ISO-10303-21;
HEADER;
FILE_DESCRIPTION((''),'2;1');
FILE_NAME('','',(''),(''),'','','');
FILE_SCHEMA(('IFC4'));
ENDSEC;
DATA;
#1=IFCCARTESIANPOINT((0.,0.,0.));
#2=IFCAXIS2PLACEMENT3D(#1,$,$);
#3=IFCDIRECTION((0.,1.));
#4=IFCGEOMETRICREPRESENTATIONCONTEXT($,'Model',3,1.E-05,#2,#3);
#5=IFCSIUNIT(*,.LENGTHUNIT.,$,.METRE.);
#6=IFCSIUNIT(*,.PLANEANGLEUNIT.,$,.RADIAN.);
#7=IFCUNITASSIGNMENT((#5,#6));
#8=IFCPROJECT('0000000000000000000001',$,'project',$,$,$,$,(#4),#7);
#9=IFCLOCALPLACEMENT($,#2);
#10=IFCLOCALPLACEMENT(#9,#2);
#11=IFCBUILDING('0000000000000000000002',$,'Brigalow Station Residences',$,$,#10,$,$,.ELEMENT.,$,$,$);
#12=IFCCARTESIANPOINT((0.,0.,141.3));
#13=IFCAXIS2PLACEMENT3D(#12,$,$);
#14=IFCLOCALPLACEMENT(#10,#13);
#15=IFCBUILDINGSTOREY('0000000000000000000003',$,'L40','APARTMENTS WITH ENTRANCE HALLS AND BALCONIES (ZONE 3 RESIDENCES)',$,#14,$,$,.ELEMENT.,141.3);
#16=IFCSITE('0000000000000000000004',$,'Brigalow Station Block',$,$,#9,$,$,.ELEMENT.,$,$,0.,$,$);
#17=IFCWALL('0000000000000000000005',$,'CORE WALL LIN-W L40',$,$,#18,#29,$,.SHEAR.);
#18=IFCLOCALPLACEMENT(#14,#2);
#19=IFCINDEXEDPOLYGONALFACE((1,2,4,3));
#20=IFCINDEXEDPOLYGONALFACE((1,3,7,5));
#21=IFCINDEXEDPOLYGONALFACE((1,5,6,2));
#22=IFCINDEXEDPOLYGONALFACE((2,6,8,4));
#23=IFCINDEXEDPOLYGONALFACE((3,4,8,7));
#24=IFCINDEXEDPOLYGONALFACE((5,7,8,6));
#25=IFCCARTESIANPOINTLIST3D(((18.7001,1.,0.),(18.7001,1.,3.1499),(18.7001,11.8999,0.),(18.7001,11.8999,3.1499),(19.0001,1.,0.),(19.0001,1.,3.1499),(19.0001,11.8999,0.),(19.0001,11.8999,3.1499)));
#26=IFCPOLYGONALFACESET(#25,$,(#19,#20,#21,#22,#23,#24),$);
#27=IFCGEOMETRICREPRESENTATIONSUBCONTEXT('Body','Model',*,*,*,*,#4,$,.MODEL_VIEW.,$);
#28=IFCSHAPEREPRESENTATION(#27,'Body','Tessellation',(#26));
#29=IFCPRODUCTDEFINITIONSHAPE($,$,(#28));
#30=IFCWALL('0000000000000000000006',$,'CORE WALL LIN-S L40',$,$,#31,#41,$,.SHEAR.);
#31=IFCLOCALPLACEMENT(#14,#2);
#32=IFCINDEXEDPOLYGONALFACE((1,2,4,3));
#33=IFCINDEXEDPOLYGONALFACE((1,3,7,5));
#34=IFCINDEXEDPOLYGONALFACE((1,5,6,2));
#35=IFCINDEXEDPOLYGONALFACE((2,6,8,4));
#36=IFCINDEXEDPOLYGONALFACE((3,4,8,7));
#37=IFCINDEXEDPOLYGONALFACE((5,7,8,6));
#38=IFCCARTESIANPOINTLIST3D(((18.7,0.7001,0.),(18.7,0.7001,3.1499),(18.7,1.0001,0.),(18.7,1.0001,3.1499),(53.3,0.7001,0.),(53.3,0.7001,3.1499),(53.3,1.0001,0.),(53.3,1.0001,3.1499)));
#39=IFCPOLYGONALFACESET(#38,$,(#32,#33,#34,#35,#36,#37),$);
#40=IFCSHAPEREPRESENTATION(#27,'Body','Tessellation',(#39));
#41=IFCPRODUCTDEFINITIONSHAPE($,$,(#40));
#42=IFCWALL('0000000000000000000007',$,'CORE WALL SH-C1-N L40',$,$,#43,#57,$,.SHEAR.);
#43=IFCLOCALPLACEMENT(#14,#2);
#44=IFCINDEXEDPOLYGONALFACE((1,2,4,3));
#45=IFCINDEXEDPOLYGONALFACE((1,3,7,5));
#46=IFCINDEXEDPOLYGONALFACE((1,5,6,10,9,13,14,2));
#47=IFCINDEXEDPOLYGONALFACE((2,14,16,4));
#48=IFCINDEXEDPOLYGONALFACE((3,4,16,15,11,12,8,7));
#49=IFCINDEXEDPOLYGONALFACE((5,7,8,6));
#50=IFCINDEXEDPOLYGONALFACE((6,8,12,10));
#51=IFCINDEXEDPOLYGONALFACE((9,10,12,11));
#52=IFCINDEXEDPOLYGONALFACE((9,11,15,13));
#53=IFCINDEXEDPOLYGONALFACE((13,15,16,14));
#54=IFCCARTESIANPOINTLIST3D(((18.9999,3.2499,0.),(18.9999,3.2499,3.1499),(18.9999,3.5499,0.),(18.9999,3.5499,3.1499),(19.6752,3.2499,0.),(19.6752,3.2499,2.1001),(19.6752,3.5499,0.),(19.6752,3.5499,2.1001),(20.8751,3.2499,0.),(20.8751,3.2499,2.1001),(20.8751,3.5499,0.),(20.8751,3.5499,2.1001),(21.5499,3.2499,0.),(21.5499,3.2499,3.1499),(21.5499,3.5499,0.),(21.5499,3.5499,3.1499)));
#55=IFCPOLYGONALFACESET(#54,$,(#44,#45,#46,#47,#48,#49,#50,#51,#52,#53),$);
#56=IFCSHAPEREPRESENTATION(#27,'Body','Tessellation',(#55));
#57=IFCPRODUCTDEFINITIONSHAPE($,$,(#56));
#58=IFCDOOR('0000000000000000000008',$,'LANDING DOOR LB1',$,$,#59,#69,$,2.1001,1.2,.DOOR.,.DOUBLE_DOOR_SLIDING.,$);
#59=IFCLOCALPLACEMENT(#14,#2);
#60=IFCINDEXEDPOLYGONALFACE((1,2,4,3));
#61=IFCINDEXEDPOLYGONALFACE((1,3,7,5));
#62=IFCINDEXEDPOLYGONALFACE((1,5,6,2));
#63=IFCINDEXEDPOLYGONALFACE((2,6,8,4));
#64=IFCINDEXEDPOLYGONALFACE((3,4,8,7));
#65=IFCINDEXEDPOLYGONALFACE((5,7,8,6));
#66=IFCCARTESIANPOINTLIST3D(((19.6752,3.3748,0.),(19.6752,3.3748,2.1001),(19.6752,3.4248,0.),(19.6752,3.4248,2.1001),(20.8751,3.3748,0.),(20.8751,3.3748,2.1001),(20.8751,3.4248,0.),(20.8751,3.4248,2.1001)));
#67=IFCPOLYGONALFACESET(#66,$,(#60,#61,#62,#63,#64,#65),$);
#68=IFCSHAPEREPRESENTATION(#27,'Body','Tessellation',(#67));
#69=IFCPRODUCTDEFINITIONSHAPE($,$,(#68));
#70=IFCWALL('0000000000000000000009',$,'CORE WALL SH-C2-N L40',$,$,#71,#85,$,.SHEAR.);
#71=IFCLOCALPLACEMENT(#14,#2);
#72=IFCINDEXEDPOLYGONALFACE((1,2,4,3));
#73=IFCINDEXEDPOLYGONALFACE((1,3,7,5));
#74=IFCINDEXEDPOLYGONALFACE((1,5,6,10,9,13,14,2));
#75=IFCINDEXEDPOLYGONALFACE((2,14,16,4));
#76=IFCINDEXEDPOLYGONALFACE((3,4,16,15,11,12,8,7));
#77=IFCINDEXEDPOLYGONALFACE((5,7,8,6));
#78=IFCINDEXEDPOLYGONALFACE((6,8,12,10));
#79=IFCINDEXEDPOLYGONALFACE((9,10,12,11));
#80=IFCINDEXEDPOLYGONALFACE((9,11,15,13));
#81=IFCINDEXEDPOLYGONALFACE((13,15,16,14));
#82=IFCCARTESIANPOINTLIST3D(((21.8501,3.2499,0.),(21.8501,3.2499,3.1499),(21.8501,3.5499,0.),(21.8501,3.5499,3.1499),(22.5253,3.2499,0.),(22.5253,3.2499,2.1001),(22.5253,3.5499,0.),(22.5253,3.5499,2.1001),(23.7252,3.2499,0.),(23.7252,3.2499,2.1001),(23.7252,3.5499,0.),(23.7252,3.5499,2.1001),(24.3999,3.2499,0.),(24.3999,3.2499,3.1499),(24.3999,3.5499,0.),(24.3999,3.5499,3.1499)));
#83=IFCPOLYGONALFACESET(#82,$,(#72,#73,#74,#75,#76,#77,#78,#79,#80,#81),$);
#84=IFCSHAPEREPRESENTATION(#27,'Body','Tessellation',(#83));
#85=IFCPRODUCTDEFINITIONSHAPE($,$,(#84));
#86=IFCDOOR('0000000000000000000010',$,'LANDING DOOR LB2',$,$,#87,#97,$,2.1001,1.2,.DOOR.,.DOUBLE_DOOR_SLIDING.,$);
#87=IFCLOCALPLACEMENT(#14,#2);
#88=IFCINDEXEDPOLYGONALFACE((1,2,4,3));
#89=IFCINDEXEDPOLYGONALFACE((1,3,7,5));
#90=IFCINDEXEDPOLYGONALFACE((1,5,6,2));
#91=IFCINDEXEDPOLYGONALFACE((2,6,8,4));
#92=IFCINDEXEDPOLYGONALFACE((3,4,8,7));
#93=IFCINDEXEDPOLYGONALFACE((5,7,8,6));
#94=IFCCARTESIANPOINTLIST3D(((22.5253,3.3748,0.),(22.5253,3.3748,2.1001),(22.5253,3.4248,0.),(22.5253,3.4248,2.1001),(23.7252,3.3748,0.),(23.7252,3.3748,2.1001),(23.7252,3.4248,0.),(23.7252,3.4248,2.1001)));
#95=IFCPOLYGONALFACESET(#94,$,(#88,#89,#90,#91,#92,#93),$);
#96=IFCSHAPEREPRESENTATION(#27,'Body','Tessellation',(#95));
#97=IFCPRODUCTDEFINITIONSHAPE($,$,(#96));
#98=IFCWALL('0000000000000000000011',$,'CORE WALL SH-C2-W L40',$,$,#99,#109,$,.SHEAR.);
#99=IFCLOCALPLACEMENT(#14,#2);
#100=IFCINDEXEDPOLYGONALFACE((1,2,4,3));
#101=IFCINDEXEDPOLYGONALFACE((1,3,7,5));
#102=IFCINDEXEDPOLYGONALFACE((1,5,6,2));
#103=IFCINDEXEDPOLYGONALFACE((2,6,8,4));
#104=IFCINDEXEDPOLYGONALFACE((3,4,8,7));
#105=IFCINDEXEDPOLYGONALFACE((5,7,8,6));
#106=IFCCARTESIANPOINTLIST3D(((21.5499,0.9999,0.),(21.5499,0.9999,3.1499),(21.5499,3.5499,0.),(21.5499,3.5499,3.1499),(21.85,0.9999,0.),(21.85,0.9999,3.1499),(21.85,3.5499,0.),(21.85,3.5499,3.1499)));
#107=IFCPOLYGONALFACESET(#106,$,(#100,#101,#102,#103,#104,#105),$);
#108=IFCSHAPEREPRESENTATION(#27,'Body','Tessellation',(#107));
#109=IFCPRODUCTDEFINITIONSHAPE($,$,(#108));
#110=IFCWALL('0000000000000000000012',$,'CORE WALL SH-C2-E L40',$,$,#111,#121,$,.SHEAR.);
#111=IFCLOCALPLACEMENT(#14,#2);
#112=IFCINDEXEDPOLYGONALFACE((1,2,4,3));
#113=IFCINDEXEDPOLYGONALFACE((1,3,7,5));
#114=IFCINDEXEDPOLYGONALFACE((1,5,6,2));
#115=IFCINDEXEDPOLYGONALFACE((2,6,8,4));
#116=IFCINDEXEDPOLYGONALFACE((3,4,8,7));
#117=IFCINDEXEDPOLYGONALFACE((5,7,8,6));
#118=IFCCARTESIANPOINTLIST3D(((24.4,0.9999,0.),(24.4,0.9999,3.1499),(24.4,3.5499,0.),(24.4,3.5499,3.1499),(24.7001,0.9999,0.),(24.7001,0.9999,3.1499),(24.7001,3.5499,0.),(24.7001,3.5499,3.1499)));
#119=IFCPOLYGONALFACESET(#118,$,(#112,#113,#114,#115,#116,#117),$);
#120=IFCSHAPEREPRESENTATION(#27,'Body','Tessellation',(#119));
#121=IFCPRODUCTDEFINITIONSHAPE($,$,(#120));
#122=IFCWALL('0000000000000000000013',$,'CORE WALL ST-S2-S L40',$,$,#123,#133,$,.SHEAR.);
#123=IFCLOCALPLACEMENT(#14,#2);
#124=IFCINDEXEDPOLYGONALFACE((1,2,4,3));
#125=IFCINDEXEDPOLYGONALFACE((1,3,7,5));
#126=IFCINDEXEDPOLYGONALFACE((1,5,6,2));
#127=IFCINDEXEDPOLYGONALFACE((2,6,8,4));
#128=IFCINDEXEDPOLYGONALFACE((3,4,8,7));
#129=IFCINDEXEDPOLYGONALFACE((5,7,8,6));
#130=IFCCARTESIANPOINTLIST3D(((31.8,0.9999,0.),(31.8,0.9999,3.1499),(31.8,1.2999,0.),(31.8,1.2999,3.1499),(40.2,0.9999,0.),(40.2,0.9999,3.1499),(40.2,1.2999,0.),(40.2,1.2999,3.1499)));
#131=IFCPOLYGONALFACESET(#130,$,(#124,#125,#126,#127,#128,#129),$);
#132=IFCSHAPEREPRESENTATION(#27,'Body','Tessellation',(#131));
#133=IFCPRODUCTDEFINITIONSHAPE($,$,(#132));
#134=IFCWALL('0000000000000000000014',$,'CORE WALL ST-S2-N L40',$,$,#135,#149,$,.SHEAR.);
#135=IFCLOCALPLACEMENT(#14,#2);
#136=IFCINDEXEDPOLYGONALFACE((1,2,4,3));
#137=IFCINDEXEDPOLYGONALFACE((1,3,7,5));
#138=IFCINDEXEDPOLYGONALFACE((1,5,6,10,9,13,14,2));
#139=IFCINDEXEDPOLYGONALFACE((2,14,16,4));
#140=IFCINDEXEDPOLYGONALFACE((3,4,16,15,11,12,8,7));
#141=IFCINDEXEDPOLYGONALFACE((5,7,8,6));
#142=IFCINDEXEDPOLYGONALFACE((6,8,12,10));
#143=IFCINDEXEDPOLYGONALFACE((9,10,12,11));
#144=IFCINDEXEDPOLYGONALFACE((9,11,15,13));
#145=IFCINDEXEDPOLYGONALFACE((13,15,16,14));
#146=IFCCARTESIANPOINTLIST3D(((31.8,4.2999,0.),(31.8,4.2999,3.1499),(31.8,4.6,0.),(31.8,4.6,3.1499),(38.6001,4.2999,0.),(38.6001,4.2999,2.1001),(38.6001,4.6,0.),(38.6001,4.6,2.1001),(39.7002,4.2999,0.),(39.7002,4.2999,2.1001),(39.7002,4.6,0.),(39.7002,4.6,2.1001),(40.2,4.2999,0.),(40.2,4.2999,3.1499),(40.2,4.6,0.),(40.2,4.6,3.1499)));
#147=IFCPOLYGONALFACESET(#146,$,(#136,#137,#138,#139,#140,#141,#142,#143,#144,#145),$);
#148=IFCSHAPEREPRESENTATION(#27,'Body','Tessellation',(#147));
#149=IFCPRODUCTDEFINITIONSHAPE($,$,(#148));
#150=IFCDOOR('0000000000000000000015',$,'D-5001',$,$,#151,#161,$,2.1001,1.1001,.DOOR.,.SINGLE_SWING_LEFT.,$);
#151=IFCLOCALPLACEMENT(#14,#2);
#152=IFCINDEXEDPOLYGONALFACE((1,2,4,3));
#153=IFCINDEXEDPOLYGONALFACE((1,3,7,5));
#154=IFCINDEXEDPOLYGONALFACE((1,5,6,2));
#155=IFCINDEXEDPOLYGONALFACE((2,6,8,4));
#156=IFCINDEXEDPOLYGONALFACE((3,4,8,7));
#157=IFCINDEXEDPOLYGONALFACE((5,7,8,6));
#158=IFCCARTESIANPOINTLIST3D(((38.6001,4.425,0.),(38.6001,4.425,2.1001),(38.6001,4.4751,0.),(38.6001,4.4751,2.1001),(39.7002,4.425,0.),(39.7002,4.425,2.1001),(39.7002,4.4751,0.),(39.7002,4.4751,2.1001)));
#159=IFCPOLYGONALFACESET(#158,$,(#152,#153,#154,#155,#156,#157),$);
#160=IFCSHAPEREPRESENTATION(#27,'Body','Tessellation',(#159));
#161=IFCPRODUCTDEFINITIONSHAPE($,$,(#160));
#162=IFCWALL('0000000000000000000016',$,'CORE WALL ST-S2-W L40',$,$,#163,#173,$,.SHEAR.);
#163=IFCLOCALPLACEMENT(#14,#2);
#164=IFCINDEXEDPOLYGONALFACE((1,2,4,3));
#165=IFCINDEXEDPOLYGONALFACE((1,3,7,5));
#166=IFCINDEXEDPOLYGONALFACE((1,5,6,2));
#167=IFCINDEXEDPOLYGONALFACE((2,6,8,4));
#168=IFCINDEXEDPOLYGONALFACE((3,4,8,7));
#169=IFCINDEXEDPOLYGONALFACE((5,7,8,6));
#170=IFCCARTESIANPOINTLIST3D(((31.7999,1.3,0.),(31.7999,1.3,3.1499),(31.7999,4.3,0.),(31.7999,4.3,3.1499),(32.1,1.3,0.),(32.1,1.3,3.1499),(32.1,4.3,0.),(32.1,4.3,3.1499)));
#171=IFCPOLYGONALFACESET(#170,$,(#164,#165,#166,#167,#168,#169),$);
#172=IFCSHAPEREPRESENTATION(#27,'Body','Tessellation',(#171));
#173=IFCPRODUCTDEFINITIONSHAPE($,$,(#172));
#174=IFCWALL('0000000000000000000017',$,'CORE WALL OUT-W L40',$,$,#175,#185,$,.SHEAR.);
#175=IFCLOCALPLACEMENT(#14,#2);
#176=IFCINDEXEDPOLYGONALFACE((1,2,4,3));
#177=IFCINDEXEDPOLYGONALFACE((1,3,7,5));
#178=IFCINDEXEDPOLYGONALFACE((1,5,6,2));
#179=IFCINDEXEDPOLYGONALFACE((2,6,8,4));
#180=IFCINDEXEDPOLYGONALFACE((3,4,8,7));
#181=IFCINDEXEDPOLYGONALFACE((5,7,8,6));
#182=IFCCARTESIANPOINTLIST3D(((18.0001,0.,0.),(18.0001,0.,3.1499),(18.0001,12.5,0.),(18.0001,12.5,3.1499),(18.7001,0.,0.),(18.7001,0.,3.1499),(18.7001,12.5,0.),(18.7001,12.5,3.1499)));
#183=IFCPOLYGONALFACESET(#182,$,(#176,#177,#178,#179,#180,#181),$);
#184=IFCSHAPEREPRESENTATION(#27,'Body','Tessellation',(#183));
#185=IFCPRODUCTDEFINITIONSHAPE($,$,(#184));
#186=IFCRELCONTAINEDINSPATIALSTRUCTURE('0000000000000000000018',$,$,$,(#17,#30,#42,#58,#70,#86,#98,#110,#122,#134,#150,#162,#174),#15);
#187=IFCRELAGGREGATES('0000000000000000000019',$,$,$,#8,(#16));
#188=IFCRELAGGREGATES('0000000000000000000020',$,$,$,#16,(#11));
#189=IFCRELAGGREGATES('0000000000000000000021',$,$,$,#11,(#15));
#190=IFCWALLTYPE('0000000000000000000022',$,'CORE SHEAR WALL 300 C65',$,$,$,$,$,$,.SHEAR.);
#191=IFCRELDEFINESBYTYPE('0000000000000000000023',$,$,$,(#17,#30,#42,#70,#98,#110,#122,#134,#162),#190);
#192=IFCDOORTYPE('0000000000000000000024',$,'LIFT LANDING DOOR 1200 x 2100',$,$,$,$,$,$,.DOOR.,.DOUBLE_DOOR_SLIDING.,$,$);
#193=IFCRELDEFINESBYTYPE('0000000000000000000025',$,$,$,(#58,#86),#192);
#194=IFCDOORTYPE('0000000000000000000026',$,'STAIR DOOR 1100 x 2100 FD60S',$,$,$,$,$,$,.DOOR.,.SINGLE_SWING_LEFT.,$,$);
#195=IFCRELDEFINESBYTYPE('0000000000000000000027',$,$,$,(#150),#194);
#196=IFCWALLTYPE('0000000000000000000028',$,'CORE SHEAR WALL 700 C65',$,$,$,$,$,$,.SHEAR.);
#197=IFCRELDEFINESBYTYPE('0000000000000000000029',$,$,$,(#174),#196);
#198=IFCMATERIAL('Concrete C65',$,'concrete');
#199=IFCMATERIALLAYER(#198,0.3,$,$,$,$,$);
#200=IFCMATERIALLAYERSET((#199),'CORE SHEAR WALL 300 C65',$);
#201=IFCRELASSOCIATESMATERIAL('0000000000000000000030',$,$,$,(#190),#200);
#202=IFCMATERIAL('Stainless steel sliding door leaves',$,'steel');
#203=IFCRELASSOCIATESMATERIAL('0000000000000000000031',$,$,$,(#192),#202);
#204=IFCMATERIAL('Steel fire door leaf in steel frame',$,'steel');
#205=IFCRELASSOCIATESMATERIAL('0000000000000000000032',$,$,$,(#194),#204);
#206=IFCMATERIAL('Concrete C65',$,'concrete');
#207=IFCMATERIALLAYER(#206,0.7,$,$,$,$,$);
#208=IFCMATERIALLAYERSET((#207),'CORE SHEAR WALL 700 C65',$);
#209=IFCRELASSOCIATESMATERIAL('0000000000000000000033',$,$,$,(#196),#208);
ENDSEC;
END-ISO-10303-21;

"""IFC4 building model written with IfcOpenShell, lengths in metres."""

from ifc_helpers import new_model, si_unit, direction, frame, frame_2d, origin, place, context, subcontext, project, spatial, rectangle, extrude, material, layer, layer_set, type_object, element, fill, save


model = new_model("IFC4")

# Units and contexts
model_context = context("Model", 3, precision=1e-05, world=origin(), true_north=direction((0.0, 1.0)))
body_context = subcontext(model_context, "Body", "Model", "MODEL_VIEW")
ifc_project = project(units=[si_unit("LENGTHUNIT", "METRE"), si_unit("PLANEANGLEUNIT", "RADIAN")], contexts=[model_context])

# Site, building, storey
site_placement = place(None, origin())
site = spatial("IfcSite", under=ifc_project, at=site_placement, Name="Brigalow Station Block", CompositionType="ELEMENT", RefElevation=0.0)
building_placement = place(site_placement, origin())
building = spatial("IfcBuilding", under=site, at=building_placement, Name="Brigalow Station Residences", CompositionType="ELEMENT")
storey_placement = place(building_placement, frame((0.0, 0.0, 141.3)))
storey = spatial("IfcBuildingStorey", under=building, at=storey_placement, Name="L40", Description="APARTMENTS WITH ENTRANCE HALLS AND BALCONIES (ZONE 3 RESIDENCES)", CompositionType="ELEMENT", Elevation=141.3)

# Walls
ifc_material_1 = material(Name="Concrete C65", Category="concrete")
ifc_layer_1 = layer(ifc_material_1, 0.3)
ifc_layer_set_1 = layer_set([ifc_layer_1], Name="CORE SHEAR WALL 300 C65")
wall_type_1 = type_object("IfcWallType", Name="CORE SHEAR WALL 300 C65", PredefinedType="SHEAR", material=ifc_layer_set_1)
wall_1_placement = place(storey_placement, frame((18.8501, 1.0, 0.0), z_axis=(0.0, 0.0, 1.0), x_axis=(0.0, 1.0, 0.0)))
element("IfcWall", 1, at=wall_1_placement, inside=storey, type_object=wall_type_1, Name="CORE WALL LIN-W L40", PredefinedType="SHEAR", context=body_context, shape_type="SweptSolid", body=[
    extrude(rectangle(XDim=10.8999, YDim=0.3, at=frame_2d((5.45, 0.0))), origin(), (0.0, 0.0, 1.0), 3.1499),
])
wall_2_placement = place(storey_placement, frame((18.7, 0.8501, 0.0), z_axis=(0.0, 0.0, 1.0), x_axis=(1.0, 0.0, 0.0)))
element("IfcWall", 2, at=wall_2_placement, inside=storey, type_object=wall_type_1, Name="CORE WALL LIN-S L40", PredefinedType="SHEAR", context=body_context, shape_type="SweptSolid", body=[
    extrude(rectangle(XDim=34.6001, YDim=0.3, at=frame_2d((17.3, 0.0))), origin(), (0.0, 0.0, 1.0), 3.1499),
])

# Walls, openings, doors
wall_3_placement = place(storey_placement, frame((19.0, 3.3999, 0.0), z_axis=(0.0, 0.0, 1.0), x_axis=(1.0, 0.0, 0.0)))
wall_3 = element("IfcWall", 3, at=wall_3_placement, inside=storey, type_object=wall_type_1, Name="CORE WALL SH-C1-N L40", PredefinedType="SHEAR", context=body_context, shape_type="SweptSolid", body=[
    extrude(rectangle(XDim=2.55, YDim=0.3, at=frame_2d((1.2749, 0.0))), origin(), (0.0, 0.0, 1.0), 3.1499),
])
opening_1_placement = place(wall_3_placement, frame((0.675, 0.0, 0.0)))
opening_1 = element("IfcOpeningElement", 4, at=opening_1_placement, cuts=wall_3, PredefinedType="OPENING", context=body_context, shape_type="SweptSolid", body=[
    extrude(rectangle(XDim=1.2, YDim=2.1001, at=frame_2d((0.6001, 1.05))), frame((0.0, 0.1602, 0.0), z_axis=(0.0, -1.0, 0.0), x_axis=(1.0, 0.0, 0.0)), (0.0, 0.0, 1.0), 0.3201),
])
ifc_material_2 = material(Name="Stainless steel sliding door leaves", Category="steel")
door_type_1 = type_object("IfcDoorType", Name="LIFT LANDING DOOR 1200 x 2100", OperationType="DOUBLE_DOOR_SLIDING", PredefinedType="DOOR", material=ifc_material_2)
door_1_placement = place(opening_1_placement, origin())
door_1 = element("IfcDoor", 5, at=door_1_placement, inside=storey, type_object=door_type_1, Name="LANDING DOOR LB1", OperationType="DOUBLE_DOOR_SLIDING", OverallHeight=2.1001, OverallWidth=1.2, PredefinedType="DOOR", context=body_context, shape_type="SweptSolid", body=[
    extrude(rectangle(XDim=1.2, YDim=2.1001, at=frame_2d((0.6001, 1.05))), frame((0.0, 0.0249, 0.0), z_axis=(0.0, -1.0, 0.0), x_axis=(1.0, 0.0, 0.0)), (0.0, 0.0, 1.0), 0.05),
])
fill(opening_1, door_1)
wall_4_placement = place(storey_placement, frame((21.8501, 3.3999, 0.0), z_axis=(0.0, 0.0, 1.0), x_axis=(1.0, 0.0, 0.0)))
wall_4 = element("IfcWall", 6, at=wall_4_placement, inside=storey, type_object=wall_type_1, Name="CORE WALL SH-C2-N L40", PredefinedType="SHEAR", context=body_context, shape_type="SweptSolid", body=[
    extrude(rectangle(XDim=2.5498, YDim=0.3, at=frame_2d((1.2749, 0.0))), origin(), (0.0, 0.0, 1.0), 3.1499),
])
opening_2_placement = place(wall_4_placement, frame((0.675, 0.0, 0.0)))
opening_2 = element("IfcOpeningElement", 7, at=opening_2_placement, cuts=wall_4, PredefinedType="OPENING", context=body_context, shape_type="SweptSolid", body=[
    extrude(rectangle(XDim=1.2, YDim=2.1001, at=frame_2d((0.6001, 1.05))), frame((0.0, 0.1602, 0.0), z_axis=(0.0, -1.0, 0.0), x_axis=(1.0, 0.0, 0.0)), (0.0, 0.0, 1.0), 0.3201),
])
door_2_placement = place(opening_2_placement, origin())
door_2 = element("IfcDoor", 8, at=door_2_placement, inside=storey, type_object=door_type_1, Name="LANDING DOOR LB2", OperationType="DOUBLE_DOOR_SLIDING", OverallHeight=2.1001, OverallWidth=1.2, PredefinedType="DOOR", context=body_context, shape_type="SweptSolid", body=[
    extrude(rectangle(XDim=1.2, YDim=2.1001, at=frame_2d((0.6001, 1.05))), frame((0.0, 0.0249, 0.0), z_axis=(0.0, -1.0, 0.0), x_axis=(1.0, 0.0, 0.0)), (0.0, 0.0, 1.0), 0.05),
])
fill(opening_2, door_2)

# Walls
for number, where, z_axis, x_axis, name in (
    (9, (21.7, 1.0, 0.0), (0.0, 0.0, 1.0), (0.0, 1.0, 0.0), "CORE WALL SH-C2-W L40"),
    (10, (24.55, 1.0, 0.0), (0.0, 0.0, 1.0), (0.0, 1.0, 0.0), "CORE WALL SH-C2-E L40"),
):
    element("IfcWall", number, at=place(storey_placement, frame(where, z_axis=z_axis, x_axis=x_axis)), inside=storey, type_object=wall_type_1, Name=name, PredefinedType="SHEAR", context=body_context, shape_type="SweptSolid", body=[
        extrude(rectangle(XDim=2.55, YDim=0.3, at=frame_2d((1.2749, 0.0))), origin(), (0.0, 0.0, 1.0), 3.1499),
    ])
wall_5_placement = place(storey_placement, frame((31.8, 1.1499, 0.0), z_axis=(0.0, 0.0, 1.0), x_axis=(1.0, 0.0, 0.0)))
element("IfcWall", 11, at=wall_5_placement, inside=storey, type_object=wall_type_1, Name="CORE WALL ST-S2-S L40", PredefinedType="SHEAR", context=body_context, shape_type="SweptSolid", body=[
    extrude(rectangle(XDim=8.3999, YDim=0.3, at=frame_2d((4.2, 0.0))), origin(), (0.0, 0.0, 1.0), 3.1499),
])

# Wall, opening, door
wall_6_placement = place(storey_placement, frame((31.8, 4.45, 0.0), z_axis=(0.0, 0.0, 1.0), x_axis=(1.0, 0.0, 0.0)))
wall_6 = element("IfcWall", 12, at=wall_6_placement, inside=storey, type_object=wall_type_1, Name="CORE WALL ST-S2-N L40", PredefinedType="SHEAR", context=body_context, shape_type="SweptSolid", body=[
    extrude(rectangle(XDim=8.3999, YDim=0.3, at=frame_2d((4.2, 0.0))), origin(), (0.0, 0.0, 1.0), 3.1499),
])
opening_3_placement = place(wall_6_placement, frame((6.8, 0.0, 0.0)))
opening_3 = element("IfcOpeningElement", 13, at=opening_3_placement, cuts=wall_6, PredefinedType="OPENING", context=body_context, shape_type="SweptSolid", body=[
    extrude(rectangle(XDim=1.1001, YDim=2.1001, at=frame_2d((0.55, 1.05))), frame((0.0, 0.1602, 0.0), z_axis=(0.0, -1.0, 0.0), x_axis=(1.0, 0.0, 0.0)), (0.0, 0.0, 1.0), 0.3201),
])
ifc_material_3 = material(Name="Steel fire door leaf in steel frame", Category="steel")
door_type_2 = type_object("IfcDoorType", Name="STAIR DOOR 1100 x 2100 FD60S", OperationType="SINGLE_SWING_LEFT", PredefinedType="DOOR", material=ifc_material_3)
door_3_placement = place(opening_3_placement, frame((1.1001, 0.0, 0.0), z_axis=(0.0, 0.0, 1.0), x_axis=(-1.0, 0.0, 0.0)))
door_3 = element("IfcDoor", 14, at=door_3_placement, inside=storey, type_object=door_type_2, Name="D-5001", OperationType="SINGLE_SWING_LEFT", OverallHeight=2.1001, OverallWidth=1.1001, PredefinedType="DOOR", context=body_context, shape_type="SweptSolid", body=[
    extrude(rectangle(XDim=1.1001, YDim=2.1001, at=frame_2d((0.55, 1.05))), frame((0.0, 0.0249, 0.0), z_axis=(0.0, -1.0, 0.0), x_axis=(1.0, 0.0, 0.0)), (0.0, 0.0, 1.0), 0.05),
])
fill(opening_3, door_3)

# Walls
wall_7_placement = place(storey_placement, frame((31.95, 1.3, 0.0), z_axis=(0.0, 0.0, 1.0), x_axis=(0.0, 1.0, 0.0)))
element("IfcWall", 15, at=wall_7_placement, inside=storey, type_object=wall_type_1, Name="CORE WALL ST-S2-W L40", PredefinedType="SHEAR", context=body_context, shape_type="SweptSolid", body=[
    extrude(rectangle(XDim=3.0, YDim=0.3, at=frame_2d((1.5, 0.0))), origin(), (0.0, 0.0, 1.0), 3.1499),
])
ifc_material_4 = material(Name="Concrete C65", Category="concrete")
ifc_layer_2 = layer(ifc_material_4, 0.7)
ifc_layer_set_2 = layer_set([ifc_layer_2], Name="CORE SHEAR WALL 700 C65")
wall_type_2 = type_object("IfcWallType", Name="CORE SHEAR WALL 700 C65", PredefinedType="SHEAR", material=ifc_layer_set_2)
wall_8_placement = place(storey_placement, frame((18.3501, 0.0, 0.0), z_axis=(0.0, 0.0, 1.0), x_axis=(0.0, 1.0, 0.0)))
element("IfcWall", 16, at=wall_8_placement, inside=storey, type_object=wall_type_2, Name="CORE WALL OUT-W L40", PredefinedType="SHEAR", context=body_context, shape_type="SweptSolid", body=[
    extrude(rectangle(XDim=12.5, YDim=0.7, at=frame_2d((6.25, 0.0))), origin(), (0.0, 0.0, 1.0), 3.1499),
])

save(model, "model.ifc")
